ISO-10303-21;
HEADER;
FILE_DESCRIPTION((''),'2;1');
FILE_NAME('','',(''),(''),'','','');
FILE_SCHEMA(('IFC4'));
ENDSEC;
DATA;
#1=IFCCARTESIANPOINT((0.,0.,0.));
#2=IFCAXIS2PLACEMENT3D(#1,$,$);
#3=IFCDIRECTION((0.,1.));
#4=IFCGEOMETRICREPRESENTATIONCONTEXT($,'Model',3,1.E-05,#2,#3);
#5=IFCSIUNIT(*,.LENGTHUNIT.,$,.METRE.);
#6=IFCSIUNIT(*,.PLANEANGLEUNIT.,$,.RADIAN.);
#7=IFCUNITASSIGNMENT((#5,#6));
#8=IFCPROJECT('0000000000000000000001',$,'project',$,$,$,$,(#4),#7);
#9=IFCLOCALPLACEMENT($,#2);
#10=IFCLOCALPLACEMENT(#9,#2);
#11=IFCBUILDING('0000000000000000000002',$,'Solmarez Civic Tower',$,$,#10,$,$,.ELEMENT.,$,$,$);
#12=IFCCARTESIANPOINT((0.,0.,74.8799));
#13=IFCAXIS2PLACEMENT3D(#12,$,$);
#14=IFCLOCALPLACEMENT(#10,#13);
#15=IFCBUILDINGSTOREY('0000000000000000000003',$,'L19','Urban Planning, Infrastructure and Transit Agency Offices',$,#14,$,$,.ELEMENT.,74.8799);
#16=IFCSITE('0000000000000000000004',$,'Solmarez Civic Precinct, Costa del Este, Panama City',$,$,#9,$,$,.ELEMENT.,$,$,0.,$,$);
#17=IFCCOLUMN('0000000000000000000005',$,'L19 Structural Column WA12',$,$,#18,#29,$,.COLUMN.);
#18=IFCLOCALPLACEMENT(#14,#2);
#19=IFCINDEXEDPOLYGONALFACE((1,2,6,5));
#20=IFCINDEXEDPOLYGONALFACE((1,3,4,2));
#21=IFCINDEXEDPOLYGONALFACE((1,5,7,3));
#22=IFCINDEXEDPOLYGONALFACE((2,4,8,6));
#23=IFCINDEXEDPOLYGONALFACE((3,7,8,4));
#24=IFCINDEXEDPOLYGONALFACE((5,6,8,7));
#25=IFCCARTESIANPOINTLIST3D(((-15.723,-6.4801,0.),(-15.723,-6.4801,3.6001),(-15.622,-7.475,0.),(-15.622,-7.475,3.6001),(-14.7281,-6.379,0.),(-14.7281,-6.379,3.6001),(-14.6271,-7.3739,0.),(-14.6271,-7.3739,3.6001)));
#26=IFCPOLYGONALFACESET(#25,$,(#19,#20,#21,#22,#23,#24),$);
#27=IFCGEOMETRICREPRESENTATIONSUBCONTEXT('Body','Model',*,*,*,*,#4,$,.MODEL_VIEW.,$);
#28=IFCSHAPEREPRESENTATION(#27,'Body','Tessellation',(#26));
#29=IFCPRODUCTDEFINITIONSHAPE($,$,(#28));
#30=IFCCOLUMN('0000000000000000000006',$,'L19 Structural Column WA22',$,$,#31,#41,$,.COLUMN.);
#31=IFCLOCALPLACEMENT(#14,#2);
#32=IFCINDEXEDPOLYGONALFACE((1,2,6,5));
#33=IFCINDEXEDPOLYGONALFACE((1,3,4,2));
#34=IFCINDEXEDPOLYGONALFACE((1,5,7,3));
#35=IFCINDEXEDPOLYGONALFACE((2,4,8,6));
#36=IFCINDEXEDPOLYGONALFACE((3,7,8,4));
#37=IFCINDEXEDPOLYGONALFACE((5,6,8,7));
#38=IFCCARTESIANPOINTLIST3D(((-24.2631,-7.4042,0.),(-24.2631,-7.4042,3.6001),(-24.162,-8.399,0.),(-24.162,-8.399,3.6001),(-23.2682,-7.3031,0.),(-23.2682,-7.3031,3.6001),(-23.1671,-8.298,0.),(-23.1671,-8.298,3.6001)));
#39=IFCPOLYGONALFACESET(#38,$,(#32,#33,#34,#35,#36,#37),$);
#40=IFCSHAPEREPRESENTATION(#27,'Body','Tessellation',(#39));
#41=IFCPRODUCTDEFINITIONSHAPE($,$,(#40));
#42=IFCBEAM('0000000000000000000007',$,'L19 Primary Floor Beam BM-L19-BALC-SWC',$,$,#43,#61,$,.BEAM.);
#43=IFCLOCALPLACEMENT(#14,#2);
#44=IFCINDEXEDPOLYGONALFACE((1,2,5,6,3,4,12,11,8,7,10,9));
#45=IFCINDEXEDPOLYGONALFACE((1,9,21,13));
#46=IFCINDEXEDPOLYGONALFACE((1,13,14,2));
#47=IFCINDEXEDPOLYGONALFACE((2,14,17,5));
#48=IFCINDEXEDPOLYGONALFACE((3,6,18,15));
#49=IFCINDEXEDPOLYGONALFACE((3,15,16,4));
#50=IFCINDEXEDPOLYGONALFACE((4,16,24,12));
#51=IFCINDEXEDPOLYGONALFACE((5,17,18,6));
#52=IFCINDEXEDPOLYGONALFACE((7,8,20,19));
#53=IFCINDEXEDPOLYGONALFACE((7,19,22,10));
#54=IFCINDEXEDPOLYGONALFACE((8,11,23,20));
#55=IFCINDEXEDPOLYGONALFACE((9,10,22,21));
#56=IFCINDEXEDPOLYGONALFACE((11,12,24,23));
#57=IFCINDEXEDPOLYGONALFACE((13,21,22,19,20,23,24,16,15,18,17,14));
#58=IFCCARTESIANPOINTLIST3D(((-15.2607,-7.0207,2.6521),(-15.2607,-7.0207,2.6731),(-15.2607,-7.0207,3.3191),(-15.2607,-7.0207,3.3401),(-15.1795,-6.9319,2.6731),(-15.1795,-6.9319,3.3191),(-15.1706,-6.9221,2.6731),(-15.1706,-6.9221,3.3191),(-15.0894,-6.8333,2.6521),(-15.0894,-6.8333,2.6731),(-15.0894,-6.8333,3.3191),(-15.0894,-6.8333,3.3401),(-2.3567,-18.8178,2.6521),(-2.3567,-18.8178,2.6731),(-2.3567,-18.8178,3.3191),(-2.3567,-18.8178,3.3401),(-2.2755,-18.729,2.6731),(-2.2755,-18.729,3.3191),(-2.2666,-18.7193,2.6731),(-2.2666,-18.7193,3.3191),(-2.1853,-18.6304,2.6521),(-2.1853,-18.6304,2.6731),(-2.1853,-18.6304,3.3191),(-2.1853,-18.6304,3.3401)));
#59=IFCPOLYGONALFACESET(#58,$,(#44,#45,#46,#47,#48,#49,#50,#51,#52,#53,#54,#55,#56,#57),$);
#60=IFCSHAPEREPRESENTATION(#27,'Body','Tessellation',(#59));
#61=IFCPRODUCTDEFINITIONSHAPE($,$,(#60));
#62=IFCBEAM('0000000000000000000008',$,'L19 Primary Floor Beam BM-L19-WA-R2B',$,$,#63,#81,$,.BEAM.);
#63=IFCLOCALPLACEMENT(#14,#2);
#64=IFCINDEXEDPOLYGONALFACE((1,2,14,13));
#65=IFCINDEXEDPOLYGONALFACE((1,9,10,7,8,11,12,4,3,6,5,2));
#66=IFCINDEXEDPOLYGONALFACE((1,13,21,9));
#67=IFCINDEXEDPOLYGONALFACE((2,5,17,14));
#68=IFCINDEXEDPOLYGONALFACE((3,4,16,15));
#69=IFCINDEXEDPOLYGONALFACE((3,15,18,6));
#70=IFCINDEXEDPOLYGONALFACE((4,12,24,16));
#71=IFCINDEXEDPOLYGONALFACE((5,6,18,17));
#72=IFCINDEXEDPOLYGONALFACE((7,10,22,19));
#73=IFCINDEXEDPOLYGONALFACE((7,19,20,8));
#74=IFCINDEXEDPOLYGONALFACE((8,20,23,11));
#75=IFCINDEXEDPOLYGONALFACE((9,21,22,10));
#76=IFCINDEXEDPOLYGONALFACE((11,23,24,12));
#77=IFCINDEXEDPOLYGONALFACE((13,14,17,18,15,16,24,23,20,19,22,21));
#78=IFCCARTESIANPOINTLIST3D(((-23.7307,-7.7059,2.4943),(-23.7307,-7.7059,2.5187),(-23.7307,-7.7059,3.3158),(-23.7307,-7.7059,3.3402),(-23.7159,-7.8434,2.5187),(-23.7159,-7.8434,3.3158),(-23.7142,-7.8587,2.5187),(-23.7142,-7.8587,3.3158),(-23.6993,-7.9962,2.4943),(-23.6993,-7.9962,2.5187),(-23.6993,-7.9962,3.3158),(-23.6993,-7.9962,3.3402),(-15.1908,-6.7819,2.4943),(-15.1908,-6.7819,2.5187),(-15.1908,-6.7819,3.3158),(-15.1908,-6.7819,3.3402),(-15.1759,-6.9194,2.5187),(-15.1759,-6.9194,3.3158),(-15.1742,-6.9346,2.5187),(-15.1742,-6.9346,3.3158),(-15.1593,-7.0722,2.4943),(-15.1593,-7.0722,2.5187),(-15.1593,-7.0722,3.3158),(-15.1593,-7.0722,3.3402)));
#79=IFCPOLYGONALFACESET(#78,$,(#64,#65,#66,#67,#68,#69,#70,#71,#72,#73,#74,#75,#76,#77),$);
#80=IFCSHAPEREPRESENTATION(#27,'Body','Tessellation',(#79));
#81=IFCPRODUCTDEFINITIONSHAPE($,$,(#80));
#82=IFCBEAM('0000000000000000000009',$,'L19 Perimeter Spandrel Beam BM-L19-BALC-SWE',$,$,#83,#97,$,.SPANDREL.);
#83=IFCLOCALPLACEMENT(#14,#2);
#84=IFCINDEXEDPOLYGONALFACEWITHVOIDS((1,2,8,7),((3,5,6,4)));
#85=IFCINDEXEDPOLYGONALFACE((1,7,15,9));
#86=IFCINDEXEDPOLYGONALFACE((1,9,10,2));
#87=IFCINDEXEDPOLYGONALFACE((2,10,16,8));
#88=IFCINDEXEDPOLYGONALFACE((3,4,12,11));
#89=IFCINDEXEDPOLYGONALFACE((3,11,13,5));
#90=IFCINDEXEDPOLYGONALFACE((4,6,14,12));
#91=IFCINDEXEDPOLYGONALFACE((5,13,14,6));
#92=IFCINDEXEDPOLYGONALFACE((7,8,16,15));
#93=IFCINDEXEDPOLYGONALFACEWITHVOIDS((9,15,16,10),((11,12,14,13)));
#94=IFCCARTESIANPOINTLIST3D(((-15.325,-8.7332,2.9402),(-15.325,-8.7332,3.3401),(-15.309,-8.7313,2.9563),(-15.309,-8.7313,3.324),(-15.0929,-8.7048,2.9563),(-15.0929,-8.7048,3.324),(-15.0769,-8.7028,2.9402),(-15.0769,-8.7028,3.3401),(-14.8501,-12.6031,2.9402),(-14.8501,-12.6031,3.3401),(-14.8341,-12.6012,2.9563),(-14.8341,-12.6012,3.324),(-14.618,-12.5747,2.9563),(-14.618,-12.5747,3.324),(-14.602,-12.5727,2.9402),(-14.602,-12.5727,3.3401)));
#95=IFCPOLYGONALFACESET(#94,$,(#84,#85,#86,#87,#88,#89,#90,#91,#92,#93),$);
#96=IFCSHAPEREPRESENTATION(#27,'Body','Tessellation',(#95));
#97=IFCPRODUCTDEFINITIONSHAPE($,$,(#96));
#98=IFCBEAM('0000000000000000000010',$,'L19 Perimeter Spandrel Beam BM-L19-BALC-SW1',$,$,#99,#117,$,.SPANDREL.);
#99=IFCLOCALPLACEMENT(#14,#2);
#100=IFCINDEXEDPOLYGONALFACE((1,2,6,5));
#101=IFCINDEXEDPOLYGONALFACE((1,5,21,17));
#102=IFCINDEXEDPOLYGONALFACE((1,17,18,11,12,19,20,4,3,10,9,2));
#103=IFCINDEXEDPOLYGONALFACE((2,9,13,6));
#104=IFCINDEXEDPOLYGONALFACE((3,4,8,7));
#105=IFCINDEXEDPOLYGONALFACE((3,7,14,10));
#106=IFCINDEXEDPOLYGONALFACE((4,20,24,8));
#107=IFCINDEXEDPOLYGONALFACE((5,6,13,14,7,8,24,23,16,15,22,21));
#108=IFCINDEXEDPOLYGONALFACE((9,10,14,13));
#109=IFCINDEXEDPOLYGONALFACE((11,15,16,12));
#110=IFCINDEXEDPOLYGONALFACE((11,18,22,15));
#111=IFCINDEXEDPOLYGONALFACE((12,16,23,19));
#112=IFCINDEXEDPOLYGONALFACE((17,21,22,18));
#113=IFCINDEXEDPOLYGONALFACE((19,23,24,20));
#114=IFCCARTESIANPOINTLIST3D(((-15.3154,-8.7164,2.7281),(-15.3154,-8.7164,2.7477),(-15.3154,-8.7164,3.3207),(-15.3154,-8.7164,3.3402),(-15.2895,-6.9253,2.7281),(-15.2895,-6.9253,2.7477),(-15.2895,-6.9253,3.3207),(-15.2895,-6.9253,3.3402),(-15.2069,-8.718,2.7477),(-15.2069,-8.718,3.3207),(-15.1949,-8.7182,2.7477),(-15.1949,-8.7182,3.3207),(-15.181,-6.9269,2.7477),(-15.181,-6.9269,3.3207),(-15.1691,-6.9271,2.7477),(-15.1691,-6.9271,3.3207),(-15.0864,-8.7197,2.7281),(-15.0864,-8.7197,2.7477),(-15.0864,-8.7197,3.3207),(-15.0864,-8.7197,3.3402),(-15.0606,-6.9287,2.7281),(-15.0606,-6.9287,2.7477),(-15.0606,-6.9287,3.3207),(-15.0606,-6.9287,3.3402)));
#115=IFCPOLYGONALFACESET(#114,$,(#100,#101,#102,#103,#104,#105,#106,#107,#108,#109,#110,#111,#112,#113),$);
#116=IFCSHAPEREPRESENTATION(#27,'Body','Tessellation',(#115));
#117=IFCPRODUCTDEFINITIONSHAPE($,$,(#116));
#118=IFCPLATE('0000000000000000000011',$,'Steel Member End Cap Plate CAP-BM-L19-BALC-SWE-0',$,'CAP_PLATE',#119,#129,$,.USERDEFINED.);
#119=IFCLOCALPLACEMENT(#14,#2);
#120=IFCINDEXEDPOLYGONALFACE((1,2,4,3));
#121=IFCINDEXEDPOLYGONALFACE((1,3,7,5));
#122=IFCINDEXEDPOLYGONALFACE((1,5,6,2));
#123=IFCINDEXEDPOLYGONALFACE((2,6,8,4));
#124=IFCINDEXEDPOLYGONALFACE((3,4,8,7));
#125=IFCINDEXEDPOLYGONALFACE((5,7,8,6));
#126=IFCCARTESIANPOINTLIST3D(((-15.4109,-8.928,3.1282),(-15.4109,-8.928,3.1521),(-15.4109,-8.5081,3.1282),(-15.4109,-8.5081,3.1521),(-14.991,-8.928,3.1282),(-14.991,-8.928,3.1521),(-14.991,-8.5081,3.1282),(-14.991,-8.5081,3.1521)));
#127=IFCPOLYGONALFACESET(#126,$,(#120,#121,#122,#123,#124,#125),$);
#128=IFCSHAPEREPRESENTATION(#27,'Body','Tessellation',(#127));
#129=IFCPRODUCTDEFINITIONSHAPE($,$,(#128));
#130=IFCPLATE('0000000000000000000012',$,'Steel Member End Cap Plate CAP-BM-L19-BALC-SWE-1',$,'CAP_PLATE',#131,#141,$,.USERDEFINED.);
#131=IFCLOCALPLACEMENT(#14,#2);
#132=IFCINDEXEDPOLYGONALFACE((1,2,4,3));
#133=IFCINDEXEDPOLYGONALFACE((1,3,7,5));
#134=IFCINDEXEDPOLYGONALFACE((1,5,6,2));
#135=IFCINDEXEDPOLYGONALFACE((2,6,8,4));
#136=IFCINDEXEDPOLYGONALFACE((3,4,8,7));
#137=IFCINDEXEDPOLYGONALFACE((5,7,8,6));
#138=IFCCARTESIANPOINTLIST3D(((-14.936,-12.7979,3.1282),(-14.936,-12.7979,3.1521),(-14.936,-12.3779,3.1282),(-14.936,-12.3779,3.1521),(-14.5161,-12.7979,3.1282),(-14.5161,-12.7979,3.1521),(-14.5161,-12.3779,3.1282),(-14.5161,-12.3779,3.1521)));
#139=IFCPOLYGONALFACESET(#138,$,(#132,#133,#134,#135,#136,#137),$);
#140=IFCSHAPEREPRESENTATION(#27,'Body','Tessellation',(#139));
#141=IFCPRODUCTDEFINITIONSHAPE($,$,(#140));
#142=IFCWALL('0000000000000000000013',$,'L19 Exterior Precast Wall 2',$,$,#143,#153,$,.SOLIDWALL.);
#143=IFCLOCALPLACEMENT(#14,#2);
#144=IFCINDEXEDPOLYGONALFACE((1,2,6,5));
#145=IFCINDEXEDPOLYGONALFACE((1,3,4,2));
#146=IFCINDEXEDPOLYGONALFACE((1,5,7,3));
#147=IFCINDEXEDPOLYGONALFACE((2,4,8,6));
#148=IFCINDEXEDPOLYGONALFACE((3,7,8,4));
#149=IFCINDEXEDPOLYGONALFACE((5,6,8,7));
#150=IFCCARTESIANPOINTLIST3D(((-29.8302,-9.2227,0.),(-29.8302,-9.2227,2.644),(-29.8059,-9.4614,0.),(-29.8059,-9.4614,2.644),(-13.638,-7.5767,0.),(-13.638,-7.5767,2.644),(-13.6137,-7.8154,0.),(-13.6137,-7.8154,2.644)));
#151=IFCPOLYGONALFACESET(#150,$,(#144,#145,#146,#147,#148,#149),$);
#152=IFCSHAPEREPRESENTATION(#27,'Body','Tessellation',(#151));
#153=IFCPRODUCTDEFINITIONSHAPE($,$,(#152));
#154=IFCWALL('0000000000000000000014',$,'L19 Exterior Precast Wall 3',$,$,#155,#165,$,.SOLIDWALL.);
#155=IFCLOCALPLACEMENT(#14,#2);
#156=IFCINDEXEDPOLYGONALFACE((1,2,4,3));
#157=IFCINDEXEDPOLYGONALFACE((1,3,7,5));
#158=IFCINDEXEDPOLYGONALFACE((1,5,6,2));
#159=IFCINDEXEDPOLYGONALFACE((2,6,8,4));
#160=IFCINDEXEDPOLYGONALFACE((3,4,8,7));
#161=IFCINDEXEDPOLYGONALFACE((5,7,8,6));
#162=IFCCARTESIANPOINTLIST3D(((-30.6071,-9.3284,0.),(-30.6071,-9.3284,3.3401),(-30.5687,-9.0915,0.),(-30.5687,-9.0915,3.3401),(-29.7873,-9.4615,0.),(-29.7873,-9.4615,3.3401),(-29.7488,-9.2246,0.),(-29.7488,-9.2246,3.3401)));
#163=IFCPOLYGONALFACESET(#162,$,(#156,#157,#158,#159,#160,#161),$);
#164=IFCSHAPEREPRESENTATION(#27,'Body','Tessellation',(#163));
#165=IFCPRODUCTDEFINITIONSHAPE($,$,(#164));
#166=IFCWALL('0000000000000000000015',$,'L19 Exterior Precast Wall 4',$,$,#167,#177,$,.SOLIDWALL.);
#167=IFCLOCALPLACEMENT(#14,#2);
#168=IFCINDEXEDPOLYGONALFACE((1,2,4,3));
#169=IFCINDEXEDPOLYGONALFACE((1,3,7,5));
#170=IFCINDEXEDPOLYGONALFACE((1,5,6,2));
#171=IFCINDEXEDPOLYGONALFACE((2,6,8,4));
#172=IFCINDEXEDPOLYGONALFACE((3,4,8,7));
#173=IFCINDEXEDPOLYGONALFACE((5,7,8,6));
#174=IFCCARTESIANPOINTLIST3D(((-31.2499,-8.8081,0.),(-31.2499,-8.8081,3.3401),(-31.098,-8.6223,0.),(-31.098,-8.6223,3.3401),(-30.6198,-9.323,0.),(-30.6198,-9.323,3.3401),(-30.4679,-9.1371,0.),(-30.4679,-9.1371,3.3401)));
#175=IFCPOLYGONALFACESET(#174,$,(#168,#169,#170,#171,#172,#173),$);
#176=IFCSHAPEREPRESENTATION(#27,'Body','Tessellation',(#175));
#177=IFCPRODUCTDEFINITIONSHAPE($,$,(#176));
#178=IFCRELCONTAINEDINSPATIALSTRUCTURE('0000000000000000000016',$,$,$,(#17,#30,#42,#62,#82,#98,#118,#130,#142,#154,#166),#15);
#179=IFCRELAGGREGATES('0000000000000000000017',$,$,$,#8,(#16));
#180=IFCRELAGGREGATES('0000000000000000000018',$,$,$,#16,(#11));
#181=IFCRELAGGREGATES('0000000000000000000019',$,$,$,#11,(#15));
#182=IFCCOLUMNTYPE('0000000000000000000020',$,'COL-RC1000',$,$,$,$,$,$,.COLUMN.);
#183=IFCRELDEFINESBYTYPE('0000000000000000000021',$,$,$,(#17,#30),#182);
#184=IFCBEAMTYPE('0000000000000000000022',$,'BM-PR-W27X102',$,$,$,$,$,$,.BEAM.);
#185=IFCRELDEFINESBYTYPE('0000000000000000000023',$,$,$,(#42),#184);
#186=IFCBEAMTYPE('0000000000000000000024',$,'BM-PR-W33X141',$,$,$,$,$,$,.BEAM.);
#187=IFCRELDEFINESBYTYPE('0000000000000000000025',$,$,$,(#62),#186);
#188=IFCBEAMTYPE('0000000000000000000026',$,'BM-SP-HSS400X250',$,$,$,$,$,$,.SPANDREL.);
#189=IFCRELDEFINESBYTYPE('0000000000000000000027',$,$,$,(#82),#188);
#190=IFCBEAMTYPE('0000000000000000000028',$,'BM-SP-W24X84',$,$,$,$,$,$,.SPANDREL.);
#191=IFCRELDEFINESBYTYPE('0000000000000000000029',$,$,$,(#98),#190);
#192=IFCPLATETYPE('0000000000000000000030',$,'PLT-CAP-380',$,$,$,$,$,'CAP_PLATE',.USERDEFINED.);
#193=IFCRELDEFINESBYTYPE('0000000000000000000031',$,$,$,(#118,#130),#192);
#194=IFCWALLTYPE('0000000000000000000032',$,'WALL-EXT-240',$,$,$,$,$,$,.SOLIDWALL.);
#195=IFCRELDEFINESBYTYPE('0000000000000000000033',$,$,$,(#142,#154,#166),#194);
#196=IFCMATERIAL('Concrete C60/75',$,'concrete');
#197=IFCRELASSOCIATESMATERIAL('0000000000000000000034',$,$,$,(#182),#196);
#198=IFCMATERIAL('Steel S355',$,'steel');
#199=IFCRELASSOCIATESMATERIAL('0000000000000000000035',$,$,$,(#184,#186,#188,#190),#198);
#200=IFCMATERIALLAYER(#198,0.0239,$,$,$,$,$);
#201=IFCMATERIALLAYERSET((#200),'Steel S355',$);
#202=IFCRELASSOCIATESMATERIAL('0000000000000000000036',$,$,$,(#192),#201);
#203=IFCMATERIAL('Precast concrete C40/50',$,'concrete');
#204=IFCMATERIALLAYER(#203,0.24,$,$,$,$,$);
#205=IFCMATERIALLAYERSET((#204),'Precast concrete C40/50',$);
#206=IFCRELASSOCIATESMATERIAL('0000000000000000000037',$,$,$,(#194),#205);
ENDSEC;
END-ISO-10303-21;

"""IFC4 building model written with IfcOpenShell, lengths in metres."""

from ifc_helpers import new_model, si_unit, direction, frame, frame_2d, origin, origin_2d, place, context, subcontext, project, spatial, rectangle, hollow_rectangle, i_section, extrude, material, layer, layer_set, material_profile, profile_set, type_object, element, save


model = new_model("IFC4")

# Units and contexts
model_context = context("Model", 3, precision=1e-05, world=origin(), true_north=direction((0.0, 1.0)))
body_context = subcontext(model_context, "Body", "Model", "MODEL_VIEW")
ifc_project = project(units=[si_unit("LENGTHUNIT", "METRE"), si_unit("PLANEANGLEUNIT", "RADIAN")], contexts=[model_context])

# Site, building, storey
site_placement = place(None, origin())
site = spatial("IfcSite", under=ifc_project, at=site_placement, Name="Solmarez Civic Precinct, Costa del Este, Panama City", CompositionType="ELEMENT", RefElevation=0.0)
building_placement = place(site_placement, origin())
building = spatial("IfcBuilding", under=site, at=building_placement, Name="Solmarez Civic Tower", CompositionType="ELEMENT")
storey_placement = place(building_placement, frame((0.0, 0.0, 74.8799)))
storey = spatial("IfcBuildingStorey", under=building, at=storey_placement, Name="L19", Description="Urban Planning, Infrastructure and Transit Agency Offices", CompositionType="ELEMENT", Elevation=74.8799)

# Columns
ifc_material_1 = material(Name="Concrete C60/75", Category="concrete")
ifc_material_profile_1 = material_profile(ifc_material_1, rectangle(XDim=1.0, YDim=1.0, at=origin_2d()), Name="RC1000X1000")
ifc_profile_set_1 = profile_set([ifc_material_profile_1], Name="Concrete C60/75")
column_type = type_object("IfcColumnType", Name="COL-RC1000", PredefinedType="COLUMN", material=ifc_profile_set_1)
for number, where, z_axis, x_axis, name in (
    (1, (-15.175, -6.927, 0.0), (0.0, 0.0, 1.0), (0.994881, 0.101056, 0.0), "L19 Structural Column WA12"),
    (2, (-23.7151, -7.8511, 0.0), (0.0, 0.0, 1.0), (0.994881, 0.101056, 0.0), "L19 Structural Column WA22"),
):
    element("IfcColumn", number, at=place(storey_placement, frame(where, z_axis=z_axis, x_axis=x_axis)), inside=storey, type_object=column_type, Name=name, PredefinedType="COLUMN", context=body_context, shape_type="SweptSolid", body=[
        extrude(rectangle(XDim=1.0, YDim=1.0, at=origin_2d()), origin(), (0.0, 0.0, 1.0), 3.6001),
    ])

# Beams
ifc_material_2 = material(Name="Steel S355", Category="steel")
ifc_material_profile_2 = material_profile(ifc_material_2, i_section(OverallWidth=0.2539, OverallDepth=0.688, WebThickness=0.0132, FlangeThickness=0.021, at=origin_2d()), Name="W27X102")
ifc_profile_set_2 = profile_set([ifc_material_profile_2], Name="Steel S355")
beam_type_1 = type_object("IfcBeamType", Name="BM-PR-W27X102", PredefinedType="BEAM", material=ifc_profile_set_2)
beam_1_placement = place(storey_placement, frame((-15.175, -6.927, 2.9961), z_axis=(0.738054, -0.674742, 0.0), x_axis=(0.674742, 0.738054, 0.0)))
element("IfcBeam", 3, at=beam_1_placement, inside=storey, type_object=beam_type_1, Name="L19 Primary Floor Beam BM-L19-BALC-SWC", PredefinedType="BEAM", context=body_context, shape_type="SweptSolid", body=[
    extrude(i_section(OverallWidth=0.2539, OverallDepth=0.688, WebThickness=0.0132, FlangeThickness=0.021, at=origin_2d()), origin(), (0.0, 0.0, 1.0), 17.4839),
])
ifc_material_profile_3 = material_profile(ifc_material_2, i_section(OverallWidth=0.292, OverallDepth=0.8459, WebThickness=0.0154, FlangeThickness=0.0244, at=origin_2d()), Name="W33X141")
ifc_profile_set_3 = profile_set([ifc_material_profile_3], Name="Steel S355")
beam_type_2 = type_object("IfcBeamType", Name="BM-PR-W33X141", PredefinedType="BEAM", material=ifc_profile_set_3)
beam_2_placement = place(storey_placement, frame((-15.175, -6.927, 2.9172), z_axis=(-0.994197, -0.107577, 0.0), x_axis=(0.107577, -0.994197, 0.0)))
element("IfcBeam", 4, at=beam_2_placement, inside=storey, type_object=beam_type_2, Name="L19 Primary Floor Beam BM-L19-WA-R2B", PredefinedType="BEAM", context=body_context, shape_type="SweptSolid", body=[
    extrude(i_section(OverallWidth=0.292, OverallDepth=0.8459, WebThickness=0.0154, FlangeThickness=0.0244, at=origin_2d()), origin(), (0.0, 0.0, 1.0), 8.5898),
])
ifc_material_profile_4 = material_profile(ifc_material_2, hollow_rectangle(XDim=0.25, YDim=0.3999, WallThickness=0.0161, at=origin_2d()), Name="HSS400X250X16")
ifc_profile_set_4 = profile_set([ifc_material_profile_4], Name="Steel S355")
beam_type_3 = type_object("IfcBeamType", Name="BM-SP-HSS400X250", PredefinedType="SPANDREL", material=ifc_profile_set_4)
beam_3_placement = place(storey_placement, frame((-15.2009, -8.718, 3.1401), z_axis=(0.121792, -0.992556, 0.0), x_axis=(0.992556, 0.121792, 0.0)))
element("IfcBeam", 5, at=beam_3_placement, inside=storey, type_object=beam_type_3, Name="L19 Perimeter Spandrel Beam BM-L19-BALC-SWE", PredefinedType="SPANDREL", context=body_context, shape_type="SweptSolid", body=[
    extrude(hollow_rectangle(XDim=0.25, YDim=0.3999, WallThickness=0.0161, at=origin_2d()), origin(), (0.0, 0.0, 1.0), 3.8989),
])
ifc_material_profile_5 = material_profile(ifc_material_2, i_section(OverallWidth=0.229, OverallDepth=0.6121, WebThickness=0.012, FlangeThickness=0.0195, at=origin_2d()), Name="W24X84")
ifc_profile_set_5 = profile_set([ifc_material_profile_5], Name="Steel S355")
beam_type_4 = type_object("IfcBeamType", Name="BM-SP-W24X84", PredefinedType="SPANDREL", material=ifc_profile_set_5)
beam_4_placement = place(storey_placement, frame((-15.175, -6.927, 3.0342), z_axis=(-0.014448, -0.999896, 0.0), x_axis=(0.999896, -0.014448, 0.0)))
element("IfcBeam", 6, at=beam_4_placement, inside=storey, type_object=beam_type_4, Name="L19 Perimeter Spandrel Beam BM-L19-BALC-SW1", PredefinedType="SPANDREL", context=body_context, shape_type="SweptSolid", body=[
    extrude(i_section(OverallWidth=0.229, OverallDepth=0.6121, WebThickness=0.012, FlangeThickness=0.0195, at=origin_2d()), origin(), (0.0, 0.0, 1.0), 1.7913),
])

# Plates
ifc_layer_1 = layer(ifc_material_2, 0.0239)
ifc_layer_set_1 = layer_set([ifc_layer_1], Name="Steel S355")
plate_type = type_object("IfcPlateType", Name="PLT-CAP-380", ElementType="CAP_PLATE", PredefinedType="USERDEFINED", material=ifc_layer_set_1)
for number, where, z_axis, x_axis, name in (
    (7, (-15.2009, -8.718, 3.1282), (0.0, 0.0, 1.0), (1.0, 0.0, 0.0), "Steel Member End Cap Plate CAP-BM-L19-BALC-SWE-0"),
    (8, (-14.7261, -12.5879, 3.1282), (0.0, 0.0, 1.0), (1.0, 0.0, 0.0), "Steel Member End Cap Plate CAP-BM-L19-BALC-SWE-1"),
):
    element("IfcPlate", number, at=place(storey_placement, frame(where, z_axis=z_axis, x_axis=x_axis)), inside=storey, type_object=plate_type, Name=name, ObjectType="CAP_PLATE", PredefinedType="USERDEFINED", context=body_context, shape_type="SweptSolid", body=[
        extrude(rectangle(XDim=0.4199, YDim=0.4199, at=origin_2d()), origin(), (0.0, 0.0, 1.0), 0.0239),
    ])

# Walls
ifc_material_3 = material(Name="Precast concrete C40/50", Category="concrete")
ifc_layer_2 = layer(ifc_material_3, 0.24)
ifc_layer_set_2 = layer_set([ifc_layer_2], Name="Precast concrete C40/50")
wall_type_1 = type_object("IfcWallType", Name="WALL-EXT-240", PredefinedType="SOLIDWALL", material=ifc_layer_set_2)
wall_1_placement = place(storey_placement, frame((-13.626, -7.696, 0.0), z_axis=(0.0, 0.0, 1.0), x_axis=(-0.994873, -0.101133, 0.0)))
element("IfcWall", 9, at=wall_1_placement, inside=storey, type_object=wall_type_1, Name="L19 Exterior Precast Wall 2", PredefinedType="SOLIDWALL", context=body_context, shape_type="SweptSolid", body=[
    extrude(rectangle(XDim=16.2756, YDim=0.24, at=frame_2d((8.1377, 0.0))), origin(), (0.0, 0.0, 1.0), 2.644),
])
wall_2_placement = place(storey_placement, frame((-29.7681, -9.343, 0.0), z_axis=(0.0, 0.0, 1.0), x_axis=(-0.987084, 0.160203, 0.0)))
element("IfcWall", 10, at=wall_2_placement, inside=storey, type_object=wall_type_1, Name="L19 Exterior Precast Wall 3", PredefinedType="SOLIDWALL", context=body_context, shape_type="SweptSolid", body=[
    extrude(rectangle(XDim=0.8306, YDim=0.24, at=frame_2d((0.4153, 0.0))), origin(), (0.0, 0.0, 1.0), 3.3401),
])
wall_3_placement = place(storey_placement, frame((-30.5439, -9.23, 0.0), z_axis=(0.0, 0.0, 1.0), x_axis=(-0.774358, 0.632748, 0.0)))
element("IfcWall", 11, at=wall_3_placement, inside=storey, type_object=wall_type_1, Name="L19 Exterior Precast Wall 4", PredefinedType="SOLIDWALL", context=body_context, shape_type="SweptSolid", body=[
    extrude(rectangle(XDim=0.8137, YDim=0.24, at=frame_2d((0.4067, 0.0))), origin(), (0.0, 0.0, 1.0), 3.3401),
])

save(model, "model.ifc")
